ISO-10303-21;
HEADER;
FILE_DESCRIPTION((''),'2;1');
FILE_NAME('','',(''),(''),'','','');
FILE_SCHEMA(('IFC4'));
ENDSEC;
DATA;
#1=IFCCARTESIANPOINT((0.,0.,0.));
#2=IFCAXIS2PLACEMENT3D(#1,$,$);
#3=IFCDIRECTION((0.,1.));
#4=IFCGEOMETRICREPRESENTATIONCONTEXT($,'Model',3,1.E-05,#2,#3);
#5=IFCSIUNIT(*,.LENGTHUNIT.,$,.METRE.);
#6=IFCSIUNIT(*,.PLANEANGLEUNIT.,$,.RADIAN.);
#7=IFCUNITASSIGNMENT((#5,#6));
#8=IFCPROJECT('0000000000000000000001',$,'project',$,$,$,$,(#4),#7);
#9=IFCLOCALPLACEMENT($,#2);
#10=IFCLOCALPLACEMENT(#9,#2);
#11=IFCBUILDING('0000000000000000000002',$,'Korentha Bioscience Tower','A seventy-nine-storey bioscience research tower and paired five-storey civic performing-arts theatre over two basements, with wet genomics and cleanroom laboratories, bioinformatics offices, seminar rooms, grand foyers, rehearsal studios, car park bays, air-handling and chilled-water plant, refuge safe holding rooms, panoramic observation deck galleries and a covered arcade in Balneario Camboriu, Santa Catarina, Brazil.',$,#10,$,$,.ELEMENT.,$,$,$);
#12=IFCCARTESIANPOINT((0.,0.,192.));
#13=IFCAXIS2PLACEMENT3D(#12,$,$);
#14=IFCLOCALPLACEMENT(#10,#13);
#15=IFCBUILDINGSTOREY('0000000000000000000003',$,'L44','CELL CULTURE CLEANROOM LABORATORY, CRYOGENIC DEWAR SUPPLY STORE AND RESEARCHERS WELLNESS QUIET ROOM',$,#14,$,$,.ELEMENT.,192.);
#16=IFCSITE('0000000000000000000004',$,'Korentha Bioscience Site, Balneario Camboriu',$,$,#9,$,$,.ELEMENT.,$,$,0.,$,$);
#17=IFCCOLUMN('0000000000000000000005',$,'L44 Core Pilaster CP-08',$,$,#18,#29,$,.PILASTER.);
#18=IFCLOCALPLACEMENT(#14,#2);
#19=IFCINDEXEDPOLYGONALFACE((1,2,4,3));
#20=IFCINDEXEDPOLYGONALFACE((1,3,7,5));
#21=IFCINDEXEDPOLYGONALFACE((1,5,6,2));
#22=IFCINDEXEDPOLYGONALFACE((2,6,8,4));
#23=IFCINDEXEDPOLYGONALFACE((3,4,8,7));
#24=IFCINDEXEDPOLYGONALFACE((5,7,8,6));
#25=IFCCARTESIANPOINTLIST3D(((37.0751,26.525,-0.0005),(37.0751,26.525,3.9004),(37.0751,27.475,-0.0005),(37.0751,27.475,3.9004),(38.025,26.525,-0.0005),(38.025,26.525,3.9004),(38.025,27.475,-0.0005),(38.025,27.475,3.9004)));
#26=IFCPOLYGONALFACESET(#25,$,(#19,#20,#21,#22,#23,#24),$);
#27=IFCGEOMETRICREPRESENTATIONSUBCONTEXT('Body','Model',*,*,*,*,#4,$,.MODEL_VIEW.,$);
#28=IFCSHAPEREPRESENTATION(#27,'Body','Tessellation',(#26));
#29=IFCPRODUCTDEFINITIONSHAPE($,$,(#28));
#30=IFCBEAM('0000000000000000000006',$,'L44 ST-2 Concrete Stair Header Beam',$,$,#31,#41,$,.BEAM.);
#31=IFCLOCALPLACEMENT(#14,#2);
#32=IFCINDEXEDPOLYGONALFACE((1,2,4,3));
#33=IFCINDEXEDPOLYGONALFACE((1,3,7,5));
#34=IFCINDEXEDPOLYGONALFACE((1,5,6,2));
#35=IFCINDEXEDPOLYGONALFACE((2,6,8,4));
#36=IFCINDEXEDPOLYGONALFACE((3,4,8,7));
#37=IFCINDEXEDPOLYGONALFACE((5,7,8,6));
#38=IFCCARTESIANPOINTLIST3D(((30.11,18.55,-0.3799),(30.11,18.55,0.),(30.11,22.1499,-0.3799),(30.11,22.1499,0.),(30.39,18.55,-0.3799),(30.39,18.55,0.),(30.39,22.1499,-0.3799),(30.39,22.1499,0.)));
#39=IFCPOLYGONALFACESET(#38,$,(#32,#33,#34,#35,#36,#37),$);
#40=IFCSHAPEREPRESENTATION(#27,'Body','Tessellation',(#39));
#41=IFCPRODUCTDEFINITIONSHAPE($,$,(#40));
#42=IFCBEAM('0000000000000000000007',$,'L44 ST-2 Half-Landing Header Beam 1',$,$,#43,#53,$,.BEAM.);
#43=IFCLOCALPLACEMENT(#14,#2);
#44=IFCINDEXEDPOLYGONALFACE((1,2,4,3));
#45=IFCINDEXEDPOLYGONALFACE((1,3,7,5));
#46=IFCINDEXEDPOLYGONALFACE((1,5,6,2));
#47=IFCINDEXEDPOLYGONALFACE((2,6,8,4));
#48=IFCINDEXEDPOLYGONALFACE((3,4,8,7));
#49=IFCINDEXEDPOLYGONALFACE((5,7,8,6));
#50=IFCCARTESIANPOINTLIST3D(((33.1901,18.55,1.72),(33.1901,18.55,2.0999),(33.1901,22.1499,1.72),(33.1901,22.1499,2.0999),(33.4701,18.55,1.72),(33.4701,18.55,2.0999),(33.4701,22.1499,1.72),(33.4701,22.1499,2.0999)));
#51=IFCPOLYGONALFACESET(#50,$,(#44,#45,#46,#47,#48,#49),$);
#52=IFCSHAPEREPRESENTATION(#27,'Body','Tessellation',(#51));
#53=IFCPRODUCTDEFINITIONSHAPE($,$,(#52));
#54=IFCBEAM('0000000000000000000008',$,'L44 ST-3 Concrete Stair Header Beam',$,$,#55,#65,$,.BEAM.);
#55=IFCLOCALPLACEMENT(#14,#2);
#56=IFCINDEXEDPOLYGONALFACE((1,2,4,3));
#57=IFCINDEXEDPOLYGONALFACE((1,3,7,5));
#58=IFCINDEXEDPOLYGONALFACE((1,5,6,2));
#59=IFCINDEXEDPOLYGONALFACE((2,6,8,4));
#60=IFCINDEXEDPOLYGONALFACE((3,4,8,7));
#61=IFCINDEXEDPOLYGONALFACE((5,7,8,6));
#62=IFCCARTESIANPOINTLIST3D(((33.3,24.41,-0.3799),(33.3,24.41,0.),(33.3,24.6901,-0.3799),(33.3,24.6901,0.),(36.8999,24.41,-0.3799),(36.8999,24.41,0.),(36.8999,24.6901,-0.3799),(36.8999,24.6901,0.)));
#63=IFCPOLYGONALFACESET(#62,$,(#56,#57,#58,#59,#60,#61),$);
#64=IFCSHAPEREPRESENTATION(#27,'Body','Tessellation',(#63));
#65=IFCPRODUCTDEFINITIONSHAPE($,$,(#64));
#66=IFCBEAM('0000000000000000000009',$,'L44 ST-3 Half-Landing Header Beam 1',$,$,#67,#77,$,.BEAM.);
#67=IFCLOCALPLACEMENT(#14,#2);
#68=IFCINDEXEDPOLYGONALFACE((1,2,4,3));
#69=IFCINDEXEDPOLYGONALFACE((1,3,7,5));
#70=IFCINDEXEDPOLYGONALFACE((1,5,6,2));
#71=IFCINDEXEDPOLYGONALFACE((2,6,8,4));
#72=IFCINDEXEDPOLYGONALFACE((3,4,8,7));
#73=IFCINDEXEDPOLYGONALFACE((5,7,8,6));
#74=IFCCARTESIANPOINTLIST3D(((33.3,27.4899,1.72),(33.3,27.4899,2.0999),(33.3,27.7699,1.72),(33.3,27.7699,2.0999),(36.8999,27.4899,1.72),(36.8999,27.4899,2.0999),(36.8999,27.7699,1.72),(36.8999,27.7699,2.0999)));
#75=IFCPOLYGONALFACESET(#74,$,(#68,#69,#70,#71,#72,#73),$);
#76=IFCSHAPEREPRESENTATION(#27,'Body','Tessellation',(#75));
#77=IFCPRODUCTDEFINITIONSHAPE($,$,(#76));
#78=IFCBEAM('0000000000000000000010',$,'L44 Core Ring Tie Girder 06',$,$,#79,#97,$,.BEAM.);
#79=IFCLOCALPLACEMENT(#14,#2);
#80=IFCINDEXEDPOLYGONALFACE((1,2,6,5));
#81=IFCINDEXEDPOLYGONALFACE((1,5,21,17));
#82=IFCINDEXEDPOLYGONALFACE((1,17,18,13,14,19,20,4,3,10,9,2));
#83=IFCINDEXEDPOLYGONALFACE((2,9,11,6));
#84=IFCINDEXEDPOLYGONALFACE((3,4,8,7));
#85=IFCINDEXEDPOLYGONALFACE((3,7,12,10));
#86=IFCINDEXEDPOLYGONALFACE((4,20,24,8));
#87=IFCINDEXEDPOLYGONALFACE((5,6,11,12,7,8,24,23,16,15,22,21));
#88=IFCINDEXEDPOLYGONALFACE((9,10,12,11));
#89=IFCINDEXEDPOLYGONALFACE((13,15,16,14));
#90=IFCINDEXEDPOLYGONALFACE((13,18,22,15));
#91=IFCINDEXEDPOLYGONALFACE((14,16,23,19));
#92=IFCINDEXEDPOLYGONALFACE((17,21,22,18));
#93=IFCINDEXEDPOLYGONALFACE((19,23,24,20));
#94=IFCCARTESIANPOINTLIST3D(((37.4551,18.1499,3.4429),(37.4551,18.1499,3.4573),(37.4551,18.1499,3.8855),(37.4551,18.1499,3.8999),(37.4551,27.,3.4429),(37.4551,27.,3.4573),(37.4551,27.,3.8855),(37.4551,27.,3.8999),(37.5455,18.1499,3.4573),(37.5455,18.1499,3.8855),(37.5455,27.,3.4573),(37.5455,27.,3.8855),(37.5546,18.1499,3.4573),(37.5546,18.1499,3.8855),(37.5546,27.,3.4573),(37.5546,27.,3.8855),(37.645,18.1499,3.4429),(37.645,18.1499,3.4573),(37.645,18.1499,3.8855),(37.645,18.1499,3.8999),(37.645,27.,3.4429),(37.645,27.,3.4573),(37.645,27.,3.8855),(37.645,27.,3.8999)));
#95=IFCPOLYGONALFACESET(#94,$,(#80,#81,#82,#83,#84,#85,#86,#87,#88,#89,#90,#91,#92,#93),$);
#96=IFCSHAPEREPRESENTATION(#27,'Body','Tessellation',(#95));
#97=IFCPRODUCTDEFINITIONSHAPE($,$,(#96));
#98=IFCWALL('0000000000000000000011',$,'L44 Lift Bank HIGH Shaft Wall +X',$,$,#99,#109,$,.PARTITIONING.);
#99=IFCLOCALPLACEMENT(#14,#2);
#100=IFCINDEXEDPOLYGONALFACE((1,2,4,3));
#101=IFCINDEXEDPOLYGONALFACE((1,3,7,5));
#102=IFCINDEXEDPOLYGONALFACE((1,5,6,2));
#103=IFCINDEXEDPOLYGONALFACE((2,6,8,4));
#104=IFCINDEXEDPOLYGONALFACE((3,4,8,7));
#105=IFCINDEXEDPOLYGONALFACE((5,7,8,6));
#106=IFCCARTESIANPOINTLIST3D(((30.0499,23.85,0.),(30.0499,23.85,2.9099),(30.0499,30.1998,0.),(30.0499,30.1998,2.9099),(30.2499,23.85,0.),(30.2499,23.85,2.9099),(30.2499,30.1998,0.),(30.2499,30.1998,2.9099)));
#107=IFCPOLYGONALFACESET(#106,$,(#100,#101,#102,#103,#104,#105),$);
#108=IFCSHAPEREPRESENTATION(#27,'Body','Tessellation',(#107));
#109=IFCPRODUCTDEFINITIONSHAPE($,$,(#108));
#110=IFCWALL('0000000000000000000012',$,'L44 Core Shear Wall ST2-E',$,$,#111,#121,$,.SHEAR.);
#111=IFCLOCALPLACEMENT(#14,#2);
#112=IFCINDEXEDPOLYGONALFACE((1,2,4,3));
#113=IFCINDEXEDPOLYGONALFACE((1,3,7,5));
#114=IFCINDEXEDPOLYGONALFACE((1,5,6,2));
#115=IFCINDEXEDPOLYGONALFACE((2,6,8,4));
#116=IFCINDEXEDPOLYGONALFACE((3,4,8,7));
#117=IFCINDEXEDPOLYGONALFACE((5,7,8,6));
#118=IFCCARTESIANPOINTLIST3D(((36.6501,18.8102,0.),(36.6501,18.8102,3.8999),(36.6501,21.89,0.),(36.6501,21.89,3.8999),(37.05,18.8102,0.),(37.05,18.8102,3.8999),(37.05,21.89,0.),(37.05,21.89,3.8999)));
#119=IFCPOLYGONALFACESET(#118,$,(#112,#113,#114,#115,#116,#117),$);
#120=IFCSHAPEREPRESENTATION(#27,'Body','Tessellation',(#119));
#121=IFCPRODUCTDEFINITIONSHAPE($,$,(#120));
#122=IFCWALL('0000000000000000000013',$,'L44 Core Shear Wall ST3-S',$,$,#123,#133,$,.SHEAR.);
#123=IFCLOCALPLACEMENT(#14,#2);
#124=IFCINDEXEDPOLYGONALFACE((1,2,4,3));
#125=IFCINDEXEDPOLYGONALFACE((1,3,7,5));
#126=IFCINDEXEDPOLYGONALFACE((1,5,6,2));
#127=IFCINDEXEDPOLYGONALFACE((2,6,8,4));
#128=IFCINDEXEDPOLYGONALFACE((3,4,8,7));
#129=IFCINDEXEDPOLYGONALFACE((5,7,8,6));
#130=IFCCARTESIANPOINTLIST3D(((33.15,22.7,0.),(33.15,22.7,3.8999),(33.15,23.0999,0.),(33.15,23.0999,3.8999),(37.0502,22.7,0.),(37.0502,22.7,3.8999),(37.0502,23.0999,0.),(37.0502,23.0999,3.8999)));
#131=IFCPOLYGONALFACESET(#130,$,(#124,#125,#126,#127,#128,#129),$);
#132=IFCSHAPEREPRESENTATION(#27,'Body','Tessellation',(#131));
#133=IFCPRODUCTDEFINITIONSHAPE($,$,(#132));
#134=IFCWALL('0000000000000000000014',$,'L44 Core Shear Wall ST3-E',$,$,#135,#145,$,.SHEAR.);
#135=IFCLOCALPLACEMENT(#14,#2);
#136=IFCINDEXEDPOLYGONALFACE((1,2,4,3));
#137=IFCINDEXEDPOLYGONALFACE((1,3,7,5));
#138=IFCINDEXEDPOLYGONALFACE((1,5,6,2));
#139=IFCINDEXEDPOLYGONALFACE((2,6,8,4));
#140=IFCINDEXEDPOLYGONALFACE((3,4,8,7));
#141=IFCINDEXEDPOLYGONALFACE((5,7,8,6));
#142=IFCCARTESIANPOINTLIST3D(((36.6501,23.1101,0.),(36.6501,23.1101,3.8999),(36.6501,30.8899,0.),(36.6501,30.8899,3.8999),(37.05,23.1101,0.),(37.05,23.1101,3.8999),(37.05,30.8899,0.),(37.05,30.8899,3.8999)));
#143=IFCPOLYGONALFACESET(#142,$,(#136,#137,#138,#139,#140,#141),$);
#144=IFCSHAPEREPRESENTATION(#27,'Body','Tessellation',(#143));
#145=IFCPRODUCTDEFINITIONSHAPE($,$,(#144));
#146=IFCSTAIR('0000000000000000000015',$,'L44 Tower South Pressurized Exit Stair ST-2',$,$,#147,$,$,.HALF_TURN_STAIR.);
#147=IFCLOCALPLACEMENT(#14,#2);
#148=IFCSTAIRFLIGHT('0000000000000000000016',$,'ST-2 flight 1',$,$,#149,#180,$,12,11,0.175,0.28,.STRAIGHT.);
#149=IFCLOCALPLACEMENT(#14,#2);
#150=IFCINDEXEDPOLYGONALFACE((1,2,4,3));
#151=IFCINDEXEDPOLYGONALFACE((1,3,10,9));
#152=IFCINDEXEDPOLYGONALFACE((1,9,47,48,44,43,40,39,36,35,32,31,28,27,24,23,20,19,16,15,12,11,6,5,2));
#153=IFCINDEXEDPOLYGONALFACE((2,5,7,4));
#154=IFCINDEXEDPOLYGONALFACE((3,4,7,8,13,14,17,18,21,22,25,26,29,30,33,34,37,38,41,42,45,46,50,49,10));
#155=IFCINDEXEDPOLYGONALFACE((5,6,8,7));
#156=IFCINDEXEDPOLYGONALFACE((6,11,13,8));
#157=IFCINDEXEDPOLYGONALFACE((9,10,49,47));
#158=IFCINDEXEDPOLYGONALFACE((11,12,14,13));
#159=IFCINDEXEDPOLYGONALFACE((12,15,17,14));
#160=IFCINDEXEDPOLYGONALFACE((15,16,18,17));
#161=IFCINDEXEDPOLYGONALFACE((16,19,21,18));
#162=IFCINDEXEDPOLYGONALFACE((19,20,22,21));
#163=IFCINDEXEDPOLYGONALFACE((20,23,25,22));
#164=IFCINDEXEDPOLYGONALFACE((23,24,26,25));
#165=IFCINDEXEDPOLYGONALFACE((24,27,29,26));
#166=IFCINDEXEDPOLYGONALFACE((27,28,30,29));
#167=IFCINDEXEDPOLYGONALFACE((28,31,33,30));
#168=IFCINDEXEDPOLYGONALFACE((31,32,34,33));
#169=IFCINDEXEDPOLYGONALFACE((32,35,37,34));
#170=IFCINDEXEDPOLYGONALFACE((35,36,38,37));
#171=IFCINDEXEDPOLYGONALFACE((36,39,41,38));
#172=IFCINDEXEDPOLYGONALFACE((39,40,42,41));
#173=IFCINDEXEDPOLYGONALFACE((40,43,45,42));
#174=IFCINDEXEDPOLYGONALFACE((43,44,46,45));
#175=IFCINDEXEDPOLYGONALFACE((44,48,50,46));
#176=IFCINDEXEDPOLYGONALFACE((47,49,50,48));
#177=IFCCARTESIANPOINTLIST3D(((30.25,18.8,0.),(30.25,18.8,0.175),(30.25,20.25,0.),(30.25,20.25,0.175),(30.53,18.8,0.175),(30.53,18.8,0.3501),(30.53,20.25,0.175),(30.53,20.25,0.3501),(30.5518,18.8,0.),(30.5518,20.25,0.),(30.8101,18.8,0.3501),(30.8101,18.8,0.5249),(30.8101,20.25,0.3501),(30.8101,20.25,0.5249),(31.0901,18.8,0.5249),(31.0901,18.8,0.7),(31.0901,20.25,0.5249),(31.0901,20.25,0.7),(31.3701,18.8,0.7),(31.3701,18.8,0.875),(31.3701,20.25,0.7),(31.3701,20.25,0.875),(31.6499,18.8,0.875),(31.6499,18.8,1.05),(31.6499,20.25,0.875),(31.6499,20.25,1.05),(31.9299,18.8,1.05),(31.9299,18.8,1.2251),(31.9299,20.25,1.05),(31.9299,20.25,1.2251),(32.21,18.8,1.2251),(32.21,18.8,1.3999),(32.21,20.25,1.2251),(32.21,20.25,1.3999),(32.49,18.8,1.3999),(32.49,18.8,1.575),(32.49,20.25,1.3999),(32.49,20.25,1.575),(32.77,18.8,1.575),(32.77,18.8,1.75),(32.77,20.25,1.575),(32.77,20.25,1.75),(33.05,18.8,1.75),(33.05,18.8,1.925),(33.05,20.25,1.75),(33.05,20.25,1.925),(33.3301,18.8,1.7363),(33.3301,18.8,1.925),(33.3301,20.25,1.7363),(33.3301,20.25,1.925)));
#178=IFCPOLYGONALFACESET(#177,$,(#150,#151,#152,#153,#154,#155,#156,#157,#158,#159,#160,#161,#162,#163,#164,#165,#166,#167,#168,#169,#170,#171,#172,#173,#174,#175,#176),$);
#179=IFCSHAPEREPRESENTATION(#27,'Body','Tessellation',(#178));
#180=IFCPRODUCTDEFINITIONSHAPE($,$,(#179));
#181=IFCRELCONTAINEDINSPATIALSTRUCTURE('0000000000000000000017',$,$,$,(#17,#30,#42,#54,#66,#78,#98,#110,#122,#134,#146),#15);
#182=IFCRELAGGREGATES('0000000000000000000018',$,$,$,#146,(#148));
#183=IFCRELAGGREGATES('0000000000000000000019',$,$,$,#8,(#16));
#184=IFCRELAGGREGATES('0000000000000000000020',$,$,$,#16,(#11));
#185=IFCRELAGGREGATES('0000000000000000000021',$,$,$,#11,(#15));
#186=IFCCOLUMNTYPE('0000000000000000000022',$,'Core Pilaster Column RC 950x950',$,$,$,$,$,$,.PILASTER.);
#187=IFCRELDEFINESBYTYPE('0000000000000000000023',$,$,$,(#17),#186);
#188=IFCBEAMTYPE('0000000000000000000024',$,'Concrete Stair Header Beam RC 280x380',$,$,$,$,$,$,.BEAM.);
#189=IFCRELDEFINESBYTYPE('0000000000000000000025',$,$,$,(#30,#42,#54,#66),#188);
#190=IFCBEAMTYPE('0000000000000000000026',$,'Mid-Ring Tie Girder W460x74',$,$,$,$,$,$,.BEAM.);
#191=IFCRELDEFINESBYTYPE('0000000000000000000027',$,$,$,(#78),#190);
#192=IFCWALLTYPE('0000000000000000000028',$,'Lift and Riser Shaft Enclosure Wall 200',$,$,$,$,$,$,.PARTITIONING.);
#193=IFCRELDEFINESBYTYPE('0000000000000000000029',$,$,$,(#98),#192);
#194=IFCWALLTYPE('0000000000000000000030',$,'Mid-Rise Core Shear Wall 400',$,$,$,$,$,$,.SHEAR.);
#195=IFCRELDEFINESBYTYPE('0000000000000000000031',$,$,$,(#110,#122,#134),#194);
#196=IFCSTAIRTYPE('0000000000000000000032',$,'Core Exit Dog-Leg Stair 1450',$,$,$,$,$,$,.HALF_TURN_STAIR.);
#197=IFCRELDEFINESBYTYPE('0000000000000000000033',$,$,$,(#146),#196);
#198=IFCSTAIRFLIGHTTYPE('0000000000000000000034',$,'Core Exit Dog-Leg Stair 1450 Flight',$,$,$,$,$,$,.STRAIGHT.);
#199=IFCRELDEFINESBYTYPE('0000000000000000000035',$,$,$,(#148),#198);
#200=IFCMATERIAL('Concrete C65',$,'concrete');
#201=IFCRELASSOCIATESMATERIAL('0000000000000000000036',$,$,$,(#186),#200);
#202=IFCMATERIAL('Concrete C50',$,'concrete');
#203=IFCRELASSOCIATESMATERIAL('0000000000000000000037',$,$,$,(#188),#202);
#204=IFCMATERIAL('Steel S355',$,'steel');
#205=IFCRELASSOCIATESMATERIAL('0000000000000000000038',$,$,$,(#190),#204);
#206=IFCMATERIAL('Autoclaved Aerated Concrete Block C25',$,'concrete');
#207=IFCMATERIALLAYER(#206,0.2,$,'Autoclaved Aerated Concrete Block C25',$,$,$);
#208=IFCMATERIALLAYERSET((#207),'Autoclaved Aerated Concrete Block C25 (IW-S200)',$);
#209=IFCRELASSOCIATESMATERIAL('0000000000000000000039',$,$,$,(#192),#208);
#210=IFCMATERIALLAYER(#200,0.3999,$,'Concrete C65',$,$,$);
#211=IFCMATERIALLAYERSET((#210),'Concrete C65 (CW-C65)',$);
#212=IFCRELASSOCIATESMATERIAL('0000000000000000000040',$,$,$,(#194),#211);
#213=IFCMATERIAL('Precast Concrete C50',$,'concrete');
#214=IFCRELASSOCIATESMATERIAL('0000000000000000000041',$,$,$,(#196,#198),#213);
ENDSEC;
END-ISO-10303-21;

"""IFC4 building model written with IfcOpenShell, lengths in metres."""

from ifc_helpers import new_model, si_unit, direction, frame, frame_2d, origin, origin_2d, place, context, subcontext, project, spatial, polyline, rectangle, i_section, outline, extrude, material, layer, layer_set, material_profile, profile_set, type_object, element, aggregate, save


model = new_model("IFC4")

# Units and contexts
model_context = context("Model", 3, precision=1e-05, world=origin(), true_north=direction((0.0, 1.0)))
body_context = subcontext(model_context, "Body", "Model", "MODEL_VIEW")
ifc_project = project(units=[si_unit("LENGTHUNIT", "METRE"), si_unit("PLANEANGLEUNIT", "RADIAN")], contexts=[model_context])

# Site, building, storey
site_placement = place(None, origin())
site = spatial("IfcSite", under=ifc_project, at=site_placement, Name="Korentha Bioscience Site, Balneario Camboriu", CompositionType="ELEMENT", RefElevation=0.0)
building_placement = place(site_placement, origin())
building = spatial("IfcBuilding", under=site, at=building_placement, Name="Korentha Bioscience Tower", Description="A seventy-nine-storey bioscience research tower and paired five-storey civic performing-arts theatre over two basements, with wet genomics and cleanroom laboratories, bioinformatics offices, seminar rooms, grand foyers, rehearsal studios, car park bays, air-handling and chilled-water plant, refuge safe holding rooms, panoramic observation deck galleries and a covered arcade in Balneario Camboriu, Santa Catarina, Brazil.", CompositionType="ELEMENT")
storey_placement = place(building_placement, frame((0.0, 0.0, 192.0)))
storey = spatial("IfcBuildingStorey", under=building, at=storey_placement, Name="L44", Description="CELL CULTURE CLEANROOM LABORATORY, CRYOGENIC DEWAR SUPPLY STORE AND RESEARCHERS WELLNESS QUIET ROOM", CompositionType="ELEMENT", Elevation=192.0)

# Column
ifc_material_1 = material(Name="Concrete C65", Category="concrete")
ifc_material_profile_1 = material_profile(ifc_material_1, rectangle(XDim=0.95, YDim=0.95, at=origin_2d()), Name="Concrete C65")
ifc_profile_set_1 = profile_set([ifc_material_profile_1], Name="Concrete C65 (COL-CP09)")
column_type = type_object("IfcColumnType", Name="Core Pilaster Column RC 950x950", PredefinedType="PILASTER", material=ifc_profile_set_1)
column_placement = place(storey_placement, frame((37.55, 27.0, -0.0005), z_axis=(0.0, 0.0, 1.0), x_axis=(1.0, 0.0, 0.0)))
element("IfcColumn", 1, at=column_placement, inside=storey, type_object=column_type, Name="L44 Core Pilaster CP-08", PredefinedType="PILASTER", context=body_context, shape_type="SweptSolid", body=[
    extrude(rectangle(XDim=0.95, YDim=0.95, at=origin_2d()), origin(), (0.0, 0.0, 1.0), 3.9009),
])

# Beams
ifc_material_2 = material(Name="Concrete C50", Category="concrete")
ifc_material_profile_2 = material_profile(ifc_material_2, rectangle(XDim=0.28, YDim=0.3799, at=origin_2d()), Name="Concrete C50")
ifc_profile_set_2 = profile_set([ifc_material_profile_2], Name="Concrete C50 (ST-HB380)")
beam_type_1 = type_object("IfcBeamType", Name="Concrete Stair Header Beam RC 280x380", PredefinedType="BEAM", material=ifc_profile_set_2)
for number, where, z_axis, x_axis, name in (
    (2, (30.25, 18.55, -0.1899), (0.0, 1.0, 0.0), (-1.0, 0.0, 0.0), "L44 ST-2 Concrete Stair Header Beam"),
    (3, (33.3301, 18.55, 1.9099), (0.0, 1.0, 0.0), (-1.0, 0.0, 0.0), "L44 ST-2 Half-Landing Header Beam 1"),
    (4, (36.8999, 24.55, -0.1899), (-1.0, 0.0, 0.0), (0.0, -1.0, 0.0), "L44 ST-3 Concrete Stair Header Beam"),
    (5, (36.8999, 27.6299, 1.9099), (-1.0, 0.0, 0.0), (0.0, -1.0, 0.0), "L44 ST-3 Half-Landing Header Beam 1"),
):
    element("IfcBeam", number, at=place(storey_placement, frame(where, z_axis=z_axis, x_axis=x_axis)), inside=storey, type_object=beam_type_1, Name=name, PredefinedType="BEAM", context=body_context, shape_type="SweptSolid", body=[
        extrude(rectangle(XDim=0.28, YDim=0.3799, at=origin_2d()), origin(), (0.0, 0.0, 1.0), 3.5999),
    ])
ifc_material_3 = material(Name="Steel S355", Category="steel")
ifc_material_profile_3 = material_profile(ifc_material_3, i_section(OverallWidth=0.1899, OverallDepth=0.457, WebThickness=0.009, FlangeThickness=0.0144, at=origin_2d()), Name="Steel S355")
ifc_profile_set_3 = profile_set([ifc_material_profile_3], Name="Steel S355 (MB-460)")
beam_type_2 = type_object("IfcBeamType", Name="Mid-Ring Tie Girder W460x74", PredefinedType="BEAM", material=ifc_profile_set_3)
beam_placement = place(storey_placement, frame((37.55, 18.1499, 3.6714), z_axis=(0.0, 1.0, 0.0), x_axis=(-1.0, 0.0, 0.0)))
element("IfcBeam", 6, at=beam_placement, inside=storey, type_object=beam_type_2, Name="L44 Core Ring Tie Girder 06", PredefinedType="BEAM", context=body_context, shape_type="SweptSolid", body=[
    extrude(i_section(OverallWidth=0.1899, OverallDepth=0.457, WebThickness=0.009, FlangeThickness=0.0144, at=origin_2d()), origin(), (0.0, 0.0, 1.0), 8.8501),
])

# Walls
ifc_material_4 = material(Name="Autoclaved Aerated Concrete Block C25", Category="concrete")
ifc_layer_1 = layer(ifc_material_4, 0.2, Name="Autoclaved Aerated Concrete Block C25")
ifc_layer_set_1 = layer_set([ifc_layer_1], Name="Autoclaved Aerated Concrete Block C25 (IW-S200)")
wall_type_1 = type_object("IfcWallType", Name="Lift and Riser Shaft Enclosure Wall 200", PredefinedType="PARTITIONING", material=ifc_layer_set_1)
wall_1_placement = place(storey_placement, frame((30.1499, 23.8501, 0.0), z_axis=(0.0, 0.0, 1.0), x_axis=(0.0, 1.0, 0.0)))
element("IfcWall", 7, at=wall_1_placement, inside=storey, type_object=wall_type_1, Name="L44 Lift Bank HIGH Shaft Wall +X", PredefinedType="PARTITIONING", context=body_context, shape_type="SweptSolid", body=[
    extrude(rectangle(XDim=6.3499, YDim=0.2, at=frame_2d((3.1748, 0.0))), origin(), (0.0, 0.0, 1.0), 2.9099),
])
ifc_layer_2 = layer(ifc_material_1, 0.3999, Name="Concrete C65")
ifc_layer_set_2 = layer_set([ifc_layer_2], Name="Concrete C65 (CW-C65)")
wall_type_2 = type_object("IfcWallType", Name="Mid-Rise Core Shear Wall 400", PredefinedType="SHEAR", material=ifc_layer_set_2)
wall_2_placement = place(storey_placement, frame((36.8501, 18.8101, 0.0), z_axis=(0.0, 0.0, 1.0), x_axis=(0.0, 1.0, 0.0)))
element("IfcWall", 8, at=wall_2_placement, inside=storey, type_object=wall_type_2, Name="L44 Core Shear Wall ST2-E", PredefinedType="SHEAR", context=body_context, shape_type="SweptSolid", body=[
    extrude(rectangle(XDim=3.0798, YDim=0.3999, at=frame_2d((1.54, 0.0))), origin(), (0.0, 0.0, 1.0), 3.8999),
])
wall_3_placement = place(storey_placement, frame((33.1499, 22.8999, 0.0), z_axis=(0.0, 0.0, 1.0), x_axis=(1.0, 0.0, 0.0)))
element("IfcWall", 9, at=wall_3_placement, inside=storey, type_object=wall_type_2, Name="L44 Core Shear Wall ST3-S", PredefinedType="SHEAR", context=body_context, shape_type="SweptSolid", body=[
    extrude(rectangle(XDim=3.9001, YDim=0.3999, at=frame_2d((1.9502, 0.0))), origin(), (0.0, 0.0, 1.0), 3.8999),
])
wall_4_placement = place(storey_placement, frame((36.8501, 23.1101, 0.0), z_axis=(0.0, 0.0, 1.0), x_axis=(0.0, 1.0, 0.0)))
element("IfcWall", 10, at=wall_4_placement, inside=storey, type_object=wall_type_2, Name="L44 Core Shear Wall ST3-E", PredefinedType="SHEAR", context=body_context, shape_type="SweptSolid", body=[
    extrude(rectangle(XDim=7.7798, YDim=0.3999, at=frame_2d((3.8899, 0.0))), origin(), (0.0, 0.0, 1.0), 3.8999),
])

# Stair, stair flight
ifc_material_5 = material(Name="Precast Concrete C50", Category="concrete")
stair_type = type_object("IfcStairType", Name="Core Exit Dog-Leg Stair 1450", PredefinedType="HALF_TURN_STAIR", material=ifc_material_5)
stair_1_placement = place(storey_placement, origin())
stair_1 = element("IfcStair", 11, at=stair_1_placement, inside=storey, type_object=stair_type, Name="L44 Tower South Pressurized Exit Stair ST-2", PredefinedType="HALF_TURN_STAIR")
stair_flight_type = type_object("IfcStairFlightType", Name="Core Exit Dog-Leg Stair 1450 Flight", PredefinedType="STRAIGHT", material=ifc_material_5)
stair_flight_1_placement = place(storey_placement, frame((30.25, 19.5249, 0.0), z_axis=(0.0, 0.0, 1.0), x_axis=(1.0, 0.0, 0.0)))
stair_flight_1 = element("IfcStairFlight", 12, at=stair_flight_1_placement, type_object=stair_flight_type, Name="ST-2 flight 1", NumberOfRisers=12, NumberOfTreads=11, PredefinedType="STRAIGHT", RiserHeight=0.175, TreadLength=0.28, context=body_context, shape_type="SweptSolid", body=[
    extrude(outline(polyline([(0.0, 0.0), (0.0, 0.175), (0.28, 0.175), (0.28, 0.3501), (0.5601, 0.3501), (0.5601, 0.5249), (0.8401, 0.5249), (0.8401, 0.7), (1.1201, 0.7), (1.1201, 0.875), (1.3999, 0.875), (1.3999, 1.05), (1.6799, 1.05), (1.6799, 1.2251), (1.96, 1.2251), (1.96, 1.3999), (2.24, 1.3999), (2.24, 1.575), (2.52, 1.575), (2.52, 1.75), (2.8, 1.75), (2.8, 1.925), (3.0801, 1.925), (3.0801, 2.1001), (3.0801, 1.7363), (0.3018, 0.0), (0.0, 0.0)])), frame((0.0, 0.7251, 0.0), z_axis=(0.0, -1.0, 0.0), x_axis=(1.0, 0.0, 0.0)), (0.0, 0.0, 1.0), 1.45),
])
aggregate(stair_1, [stair_flight_1])

save(model, "model.ifc")
